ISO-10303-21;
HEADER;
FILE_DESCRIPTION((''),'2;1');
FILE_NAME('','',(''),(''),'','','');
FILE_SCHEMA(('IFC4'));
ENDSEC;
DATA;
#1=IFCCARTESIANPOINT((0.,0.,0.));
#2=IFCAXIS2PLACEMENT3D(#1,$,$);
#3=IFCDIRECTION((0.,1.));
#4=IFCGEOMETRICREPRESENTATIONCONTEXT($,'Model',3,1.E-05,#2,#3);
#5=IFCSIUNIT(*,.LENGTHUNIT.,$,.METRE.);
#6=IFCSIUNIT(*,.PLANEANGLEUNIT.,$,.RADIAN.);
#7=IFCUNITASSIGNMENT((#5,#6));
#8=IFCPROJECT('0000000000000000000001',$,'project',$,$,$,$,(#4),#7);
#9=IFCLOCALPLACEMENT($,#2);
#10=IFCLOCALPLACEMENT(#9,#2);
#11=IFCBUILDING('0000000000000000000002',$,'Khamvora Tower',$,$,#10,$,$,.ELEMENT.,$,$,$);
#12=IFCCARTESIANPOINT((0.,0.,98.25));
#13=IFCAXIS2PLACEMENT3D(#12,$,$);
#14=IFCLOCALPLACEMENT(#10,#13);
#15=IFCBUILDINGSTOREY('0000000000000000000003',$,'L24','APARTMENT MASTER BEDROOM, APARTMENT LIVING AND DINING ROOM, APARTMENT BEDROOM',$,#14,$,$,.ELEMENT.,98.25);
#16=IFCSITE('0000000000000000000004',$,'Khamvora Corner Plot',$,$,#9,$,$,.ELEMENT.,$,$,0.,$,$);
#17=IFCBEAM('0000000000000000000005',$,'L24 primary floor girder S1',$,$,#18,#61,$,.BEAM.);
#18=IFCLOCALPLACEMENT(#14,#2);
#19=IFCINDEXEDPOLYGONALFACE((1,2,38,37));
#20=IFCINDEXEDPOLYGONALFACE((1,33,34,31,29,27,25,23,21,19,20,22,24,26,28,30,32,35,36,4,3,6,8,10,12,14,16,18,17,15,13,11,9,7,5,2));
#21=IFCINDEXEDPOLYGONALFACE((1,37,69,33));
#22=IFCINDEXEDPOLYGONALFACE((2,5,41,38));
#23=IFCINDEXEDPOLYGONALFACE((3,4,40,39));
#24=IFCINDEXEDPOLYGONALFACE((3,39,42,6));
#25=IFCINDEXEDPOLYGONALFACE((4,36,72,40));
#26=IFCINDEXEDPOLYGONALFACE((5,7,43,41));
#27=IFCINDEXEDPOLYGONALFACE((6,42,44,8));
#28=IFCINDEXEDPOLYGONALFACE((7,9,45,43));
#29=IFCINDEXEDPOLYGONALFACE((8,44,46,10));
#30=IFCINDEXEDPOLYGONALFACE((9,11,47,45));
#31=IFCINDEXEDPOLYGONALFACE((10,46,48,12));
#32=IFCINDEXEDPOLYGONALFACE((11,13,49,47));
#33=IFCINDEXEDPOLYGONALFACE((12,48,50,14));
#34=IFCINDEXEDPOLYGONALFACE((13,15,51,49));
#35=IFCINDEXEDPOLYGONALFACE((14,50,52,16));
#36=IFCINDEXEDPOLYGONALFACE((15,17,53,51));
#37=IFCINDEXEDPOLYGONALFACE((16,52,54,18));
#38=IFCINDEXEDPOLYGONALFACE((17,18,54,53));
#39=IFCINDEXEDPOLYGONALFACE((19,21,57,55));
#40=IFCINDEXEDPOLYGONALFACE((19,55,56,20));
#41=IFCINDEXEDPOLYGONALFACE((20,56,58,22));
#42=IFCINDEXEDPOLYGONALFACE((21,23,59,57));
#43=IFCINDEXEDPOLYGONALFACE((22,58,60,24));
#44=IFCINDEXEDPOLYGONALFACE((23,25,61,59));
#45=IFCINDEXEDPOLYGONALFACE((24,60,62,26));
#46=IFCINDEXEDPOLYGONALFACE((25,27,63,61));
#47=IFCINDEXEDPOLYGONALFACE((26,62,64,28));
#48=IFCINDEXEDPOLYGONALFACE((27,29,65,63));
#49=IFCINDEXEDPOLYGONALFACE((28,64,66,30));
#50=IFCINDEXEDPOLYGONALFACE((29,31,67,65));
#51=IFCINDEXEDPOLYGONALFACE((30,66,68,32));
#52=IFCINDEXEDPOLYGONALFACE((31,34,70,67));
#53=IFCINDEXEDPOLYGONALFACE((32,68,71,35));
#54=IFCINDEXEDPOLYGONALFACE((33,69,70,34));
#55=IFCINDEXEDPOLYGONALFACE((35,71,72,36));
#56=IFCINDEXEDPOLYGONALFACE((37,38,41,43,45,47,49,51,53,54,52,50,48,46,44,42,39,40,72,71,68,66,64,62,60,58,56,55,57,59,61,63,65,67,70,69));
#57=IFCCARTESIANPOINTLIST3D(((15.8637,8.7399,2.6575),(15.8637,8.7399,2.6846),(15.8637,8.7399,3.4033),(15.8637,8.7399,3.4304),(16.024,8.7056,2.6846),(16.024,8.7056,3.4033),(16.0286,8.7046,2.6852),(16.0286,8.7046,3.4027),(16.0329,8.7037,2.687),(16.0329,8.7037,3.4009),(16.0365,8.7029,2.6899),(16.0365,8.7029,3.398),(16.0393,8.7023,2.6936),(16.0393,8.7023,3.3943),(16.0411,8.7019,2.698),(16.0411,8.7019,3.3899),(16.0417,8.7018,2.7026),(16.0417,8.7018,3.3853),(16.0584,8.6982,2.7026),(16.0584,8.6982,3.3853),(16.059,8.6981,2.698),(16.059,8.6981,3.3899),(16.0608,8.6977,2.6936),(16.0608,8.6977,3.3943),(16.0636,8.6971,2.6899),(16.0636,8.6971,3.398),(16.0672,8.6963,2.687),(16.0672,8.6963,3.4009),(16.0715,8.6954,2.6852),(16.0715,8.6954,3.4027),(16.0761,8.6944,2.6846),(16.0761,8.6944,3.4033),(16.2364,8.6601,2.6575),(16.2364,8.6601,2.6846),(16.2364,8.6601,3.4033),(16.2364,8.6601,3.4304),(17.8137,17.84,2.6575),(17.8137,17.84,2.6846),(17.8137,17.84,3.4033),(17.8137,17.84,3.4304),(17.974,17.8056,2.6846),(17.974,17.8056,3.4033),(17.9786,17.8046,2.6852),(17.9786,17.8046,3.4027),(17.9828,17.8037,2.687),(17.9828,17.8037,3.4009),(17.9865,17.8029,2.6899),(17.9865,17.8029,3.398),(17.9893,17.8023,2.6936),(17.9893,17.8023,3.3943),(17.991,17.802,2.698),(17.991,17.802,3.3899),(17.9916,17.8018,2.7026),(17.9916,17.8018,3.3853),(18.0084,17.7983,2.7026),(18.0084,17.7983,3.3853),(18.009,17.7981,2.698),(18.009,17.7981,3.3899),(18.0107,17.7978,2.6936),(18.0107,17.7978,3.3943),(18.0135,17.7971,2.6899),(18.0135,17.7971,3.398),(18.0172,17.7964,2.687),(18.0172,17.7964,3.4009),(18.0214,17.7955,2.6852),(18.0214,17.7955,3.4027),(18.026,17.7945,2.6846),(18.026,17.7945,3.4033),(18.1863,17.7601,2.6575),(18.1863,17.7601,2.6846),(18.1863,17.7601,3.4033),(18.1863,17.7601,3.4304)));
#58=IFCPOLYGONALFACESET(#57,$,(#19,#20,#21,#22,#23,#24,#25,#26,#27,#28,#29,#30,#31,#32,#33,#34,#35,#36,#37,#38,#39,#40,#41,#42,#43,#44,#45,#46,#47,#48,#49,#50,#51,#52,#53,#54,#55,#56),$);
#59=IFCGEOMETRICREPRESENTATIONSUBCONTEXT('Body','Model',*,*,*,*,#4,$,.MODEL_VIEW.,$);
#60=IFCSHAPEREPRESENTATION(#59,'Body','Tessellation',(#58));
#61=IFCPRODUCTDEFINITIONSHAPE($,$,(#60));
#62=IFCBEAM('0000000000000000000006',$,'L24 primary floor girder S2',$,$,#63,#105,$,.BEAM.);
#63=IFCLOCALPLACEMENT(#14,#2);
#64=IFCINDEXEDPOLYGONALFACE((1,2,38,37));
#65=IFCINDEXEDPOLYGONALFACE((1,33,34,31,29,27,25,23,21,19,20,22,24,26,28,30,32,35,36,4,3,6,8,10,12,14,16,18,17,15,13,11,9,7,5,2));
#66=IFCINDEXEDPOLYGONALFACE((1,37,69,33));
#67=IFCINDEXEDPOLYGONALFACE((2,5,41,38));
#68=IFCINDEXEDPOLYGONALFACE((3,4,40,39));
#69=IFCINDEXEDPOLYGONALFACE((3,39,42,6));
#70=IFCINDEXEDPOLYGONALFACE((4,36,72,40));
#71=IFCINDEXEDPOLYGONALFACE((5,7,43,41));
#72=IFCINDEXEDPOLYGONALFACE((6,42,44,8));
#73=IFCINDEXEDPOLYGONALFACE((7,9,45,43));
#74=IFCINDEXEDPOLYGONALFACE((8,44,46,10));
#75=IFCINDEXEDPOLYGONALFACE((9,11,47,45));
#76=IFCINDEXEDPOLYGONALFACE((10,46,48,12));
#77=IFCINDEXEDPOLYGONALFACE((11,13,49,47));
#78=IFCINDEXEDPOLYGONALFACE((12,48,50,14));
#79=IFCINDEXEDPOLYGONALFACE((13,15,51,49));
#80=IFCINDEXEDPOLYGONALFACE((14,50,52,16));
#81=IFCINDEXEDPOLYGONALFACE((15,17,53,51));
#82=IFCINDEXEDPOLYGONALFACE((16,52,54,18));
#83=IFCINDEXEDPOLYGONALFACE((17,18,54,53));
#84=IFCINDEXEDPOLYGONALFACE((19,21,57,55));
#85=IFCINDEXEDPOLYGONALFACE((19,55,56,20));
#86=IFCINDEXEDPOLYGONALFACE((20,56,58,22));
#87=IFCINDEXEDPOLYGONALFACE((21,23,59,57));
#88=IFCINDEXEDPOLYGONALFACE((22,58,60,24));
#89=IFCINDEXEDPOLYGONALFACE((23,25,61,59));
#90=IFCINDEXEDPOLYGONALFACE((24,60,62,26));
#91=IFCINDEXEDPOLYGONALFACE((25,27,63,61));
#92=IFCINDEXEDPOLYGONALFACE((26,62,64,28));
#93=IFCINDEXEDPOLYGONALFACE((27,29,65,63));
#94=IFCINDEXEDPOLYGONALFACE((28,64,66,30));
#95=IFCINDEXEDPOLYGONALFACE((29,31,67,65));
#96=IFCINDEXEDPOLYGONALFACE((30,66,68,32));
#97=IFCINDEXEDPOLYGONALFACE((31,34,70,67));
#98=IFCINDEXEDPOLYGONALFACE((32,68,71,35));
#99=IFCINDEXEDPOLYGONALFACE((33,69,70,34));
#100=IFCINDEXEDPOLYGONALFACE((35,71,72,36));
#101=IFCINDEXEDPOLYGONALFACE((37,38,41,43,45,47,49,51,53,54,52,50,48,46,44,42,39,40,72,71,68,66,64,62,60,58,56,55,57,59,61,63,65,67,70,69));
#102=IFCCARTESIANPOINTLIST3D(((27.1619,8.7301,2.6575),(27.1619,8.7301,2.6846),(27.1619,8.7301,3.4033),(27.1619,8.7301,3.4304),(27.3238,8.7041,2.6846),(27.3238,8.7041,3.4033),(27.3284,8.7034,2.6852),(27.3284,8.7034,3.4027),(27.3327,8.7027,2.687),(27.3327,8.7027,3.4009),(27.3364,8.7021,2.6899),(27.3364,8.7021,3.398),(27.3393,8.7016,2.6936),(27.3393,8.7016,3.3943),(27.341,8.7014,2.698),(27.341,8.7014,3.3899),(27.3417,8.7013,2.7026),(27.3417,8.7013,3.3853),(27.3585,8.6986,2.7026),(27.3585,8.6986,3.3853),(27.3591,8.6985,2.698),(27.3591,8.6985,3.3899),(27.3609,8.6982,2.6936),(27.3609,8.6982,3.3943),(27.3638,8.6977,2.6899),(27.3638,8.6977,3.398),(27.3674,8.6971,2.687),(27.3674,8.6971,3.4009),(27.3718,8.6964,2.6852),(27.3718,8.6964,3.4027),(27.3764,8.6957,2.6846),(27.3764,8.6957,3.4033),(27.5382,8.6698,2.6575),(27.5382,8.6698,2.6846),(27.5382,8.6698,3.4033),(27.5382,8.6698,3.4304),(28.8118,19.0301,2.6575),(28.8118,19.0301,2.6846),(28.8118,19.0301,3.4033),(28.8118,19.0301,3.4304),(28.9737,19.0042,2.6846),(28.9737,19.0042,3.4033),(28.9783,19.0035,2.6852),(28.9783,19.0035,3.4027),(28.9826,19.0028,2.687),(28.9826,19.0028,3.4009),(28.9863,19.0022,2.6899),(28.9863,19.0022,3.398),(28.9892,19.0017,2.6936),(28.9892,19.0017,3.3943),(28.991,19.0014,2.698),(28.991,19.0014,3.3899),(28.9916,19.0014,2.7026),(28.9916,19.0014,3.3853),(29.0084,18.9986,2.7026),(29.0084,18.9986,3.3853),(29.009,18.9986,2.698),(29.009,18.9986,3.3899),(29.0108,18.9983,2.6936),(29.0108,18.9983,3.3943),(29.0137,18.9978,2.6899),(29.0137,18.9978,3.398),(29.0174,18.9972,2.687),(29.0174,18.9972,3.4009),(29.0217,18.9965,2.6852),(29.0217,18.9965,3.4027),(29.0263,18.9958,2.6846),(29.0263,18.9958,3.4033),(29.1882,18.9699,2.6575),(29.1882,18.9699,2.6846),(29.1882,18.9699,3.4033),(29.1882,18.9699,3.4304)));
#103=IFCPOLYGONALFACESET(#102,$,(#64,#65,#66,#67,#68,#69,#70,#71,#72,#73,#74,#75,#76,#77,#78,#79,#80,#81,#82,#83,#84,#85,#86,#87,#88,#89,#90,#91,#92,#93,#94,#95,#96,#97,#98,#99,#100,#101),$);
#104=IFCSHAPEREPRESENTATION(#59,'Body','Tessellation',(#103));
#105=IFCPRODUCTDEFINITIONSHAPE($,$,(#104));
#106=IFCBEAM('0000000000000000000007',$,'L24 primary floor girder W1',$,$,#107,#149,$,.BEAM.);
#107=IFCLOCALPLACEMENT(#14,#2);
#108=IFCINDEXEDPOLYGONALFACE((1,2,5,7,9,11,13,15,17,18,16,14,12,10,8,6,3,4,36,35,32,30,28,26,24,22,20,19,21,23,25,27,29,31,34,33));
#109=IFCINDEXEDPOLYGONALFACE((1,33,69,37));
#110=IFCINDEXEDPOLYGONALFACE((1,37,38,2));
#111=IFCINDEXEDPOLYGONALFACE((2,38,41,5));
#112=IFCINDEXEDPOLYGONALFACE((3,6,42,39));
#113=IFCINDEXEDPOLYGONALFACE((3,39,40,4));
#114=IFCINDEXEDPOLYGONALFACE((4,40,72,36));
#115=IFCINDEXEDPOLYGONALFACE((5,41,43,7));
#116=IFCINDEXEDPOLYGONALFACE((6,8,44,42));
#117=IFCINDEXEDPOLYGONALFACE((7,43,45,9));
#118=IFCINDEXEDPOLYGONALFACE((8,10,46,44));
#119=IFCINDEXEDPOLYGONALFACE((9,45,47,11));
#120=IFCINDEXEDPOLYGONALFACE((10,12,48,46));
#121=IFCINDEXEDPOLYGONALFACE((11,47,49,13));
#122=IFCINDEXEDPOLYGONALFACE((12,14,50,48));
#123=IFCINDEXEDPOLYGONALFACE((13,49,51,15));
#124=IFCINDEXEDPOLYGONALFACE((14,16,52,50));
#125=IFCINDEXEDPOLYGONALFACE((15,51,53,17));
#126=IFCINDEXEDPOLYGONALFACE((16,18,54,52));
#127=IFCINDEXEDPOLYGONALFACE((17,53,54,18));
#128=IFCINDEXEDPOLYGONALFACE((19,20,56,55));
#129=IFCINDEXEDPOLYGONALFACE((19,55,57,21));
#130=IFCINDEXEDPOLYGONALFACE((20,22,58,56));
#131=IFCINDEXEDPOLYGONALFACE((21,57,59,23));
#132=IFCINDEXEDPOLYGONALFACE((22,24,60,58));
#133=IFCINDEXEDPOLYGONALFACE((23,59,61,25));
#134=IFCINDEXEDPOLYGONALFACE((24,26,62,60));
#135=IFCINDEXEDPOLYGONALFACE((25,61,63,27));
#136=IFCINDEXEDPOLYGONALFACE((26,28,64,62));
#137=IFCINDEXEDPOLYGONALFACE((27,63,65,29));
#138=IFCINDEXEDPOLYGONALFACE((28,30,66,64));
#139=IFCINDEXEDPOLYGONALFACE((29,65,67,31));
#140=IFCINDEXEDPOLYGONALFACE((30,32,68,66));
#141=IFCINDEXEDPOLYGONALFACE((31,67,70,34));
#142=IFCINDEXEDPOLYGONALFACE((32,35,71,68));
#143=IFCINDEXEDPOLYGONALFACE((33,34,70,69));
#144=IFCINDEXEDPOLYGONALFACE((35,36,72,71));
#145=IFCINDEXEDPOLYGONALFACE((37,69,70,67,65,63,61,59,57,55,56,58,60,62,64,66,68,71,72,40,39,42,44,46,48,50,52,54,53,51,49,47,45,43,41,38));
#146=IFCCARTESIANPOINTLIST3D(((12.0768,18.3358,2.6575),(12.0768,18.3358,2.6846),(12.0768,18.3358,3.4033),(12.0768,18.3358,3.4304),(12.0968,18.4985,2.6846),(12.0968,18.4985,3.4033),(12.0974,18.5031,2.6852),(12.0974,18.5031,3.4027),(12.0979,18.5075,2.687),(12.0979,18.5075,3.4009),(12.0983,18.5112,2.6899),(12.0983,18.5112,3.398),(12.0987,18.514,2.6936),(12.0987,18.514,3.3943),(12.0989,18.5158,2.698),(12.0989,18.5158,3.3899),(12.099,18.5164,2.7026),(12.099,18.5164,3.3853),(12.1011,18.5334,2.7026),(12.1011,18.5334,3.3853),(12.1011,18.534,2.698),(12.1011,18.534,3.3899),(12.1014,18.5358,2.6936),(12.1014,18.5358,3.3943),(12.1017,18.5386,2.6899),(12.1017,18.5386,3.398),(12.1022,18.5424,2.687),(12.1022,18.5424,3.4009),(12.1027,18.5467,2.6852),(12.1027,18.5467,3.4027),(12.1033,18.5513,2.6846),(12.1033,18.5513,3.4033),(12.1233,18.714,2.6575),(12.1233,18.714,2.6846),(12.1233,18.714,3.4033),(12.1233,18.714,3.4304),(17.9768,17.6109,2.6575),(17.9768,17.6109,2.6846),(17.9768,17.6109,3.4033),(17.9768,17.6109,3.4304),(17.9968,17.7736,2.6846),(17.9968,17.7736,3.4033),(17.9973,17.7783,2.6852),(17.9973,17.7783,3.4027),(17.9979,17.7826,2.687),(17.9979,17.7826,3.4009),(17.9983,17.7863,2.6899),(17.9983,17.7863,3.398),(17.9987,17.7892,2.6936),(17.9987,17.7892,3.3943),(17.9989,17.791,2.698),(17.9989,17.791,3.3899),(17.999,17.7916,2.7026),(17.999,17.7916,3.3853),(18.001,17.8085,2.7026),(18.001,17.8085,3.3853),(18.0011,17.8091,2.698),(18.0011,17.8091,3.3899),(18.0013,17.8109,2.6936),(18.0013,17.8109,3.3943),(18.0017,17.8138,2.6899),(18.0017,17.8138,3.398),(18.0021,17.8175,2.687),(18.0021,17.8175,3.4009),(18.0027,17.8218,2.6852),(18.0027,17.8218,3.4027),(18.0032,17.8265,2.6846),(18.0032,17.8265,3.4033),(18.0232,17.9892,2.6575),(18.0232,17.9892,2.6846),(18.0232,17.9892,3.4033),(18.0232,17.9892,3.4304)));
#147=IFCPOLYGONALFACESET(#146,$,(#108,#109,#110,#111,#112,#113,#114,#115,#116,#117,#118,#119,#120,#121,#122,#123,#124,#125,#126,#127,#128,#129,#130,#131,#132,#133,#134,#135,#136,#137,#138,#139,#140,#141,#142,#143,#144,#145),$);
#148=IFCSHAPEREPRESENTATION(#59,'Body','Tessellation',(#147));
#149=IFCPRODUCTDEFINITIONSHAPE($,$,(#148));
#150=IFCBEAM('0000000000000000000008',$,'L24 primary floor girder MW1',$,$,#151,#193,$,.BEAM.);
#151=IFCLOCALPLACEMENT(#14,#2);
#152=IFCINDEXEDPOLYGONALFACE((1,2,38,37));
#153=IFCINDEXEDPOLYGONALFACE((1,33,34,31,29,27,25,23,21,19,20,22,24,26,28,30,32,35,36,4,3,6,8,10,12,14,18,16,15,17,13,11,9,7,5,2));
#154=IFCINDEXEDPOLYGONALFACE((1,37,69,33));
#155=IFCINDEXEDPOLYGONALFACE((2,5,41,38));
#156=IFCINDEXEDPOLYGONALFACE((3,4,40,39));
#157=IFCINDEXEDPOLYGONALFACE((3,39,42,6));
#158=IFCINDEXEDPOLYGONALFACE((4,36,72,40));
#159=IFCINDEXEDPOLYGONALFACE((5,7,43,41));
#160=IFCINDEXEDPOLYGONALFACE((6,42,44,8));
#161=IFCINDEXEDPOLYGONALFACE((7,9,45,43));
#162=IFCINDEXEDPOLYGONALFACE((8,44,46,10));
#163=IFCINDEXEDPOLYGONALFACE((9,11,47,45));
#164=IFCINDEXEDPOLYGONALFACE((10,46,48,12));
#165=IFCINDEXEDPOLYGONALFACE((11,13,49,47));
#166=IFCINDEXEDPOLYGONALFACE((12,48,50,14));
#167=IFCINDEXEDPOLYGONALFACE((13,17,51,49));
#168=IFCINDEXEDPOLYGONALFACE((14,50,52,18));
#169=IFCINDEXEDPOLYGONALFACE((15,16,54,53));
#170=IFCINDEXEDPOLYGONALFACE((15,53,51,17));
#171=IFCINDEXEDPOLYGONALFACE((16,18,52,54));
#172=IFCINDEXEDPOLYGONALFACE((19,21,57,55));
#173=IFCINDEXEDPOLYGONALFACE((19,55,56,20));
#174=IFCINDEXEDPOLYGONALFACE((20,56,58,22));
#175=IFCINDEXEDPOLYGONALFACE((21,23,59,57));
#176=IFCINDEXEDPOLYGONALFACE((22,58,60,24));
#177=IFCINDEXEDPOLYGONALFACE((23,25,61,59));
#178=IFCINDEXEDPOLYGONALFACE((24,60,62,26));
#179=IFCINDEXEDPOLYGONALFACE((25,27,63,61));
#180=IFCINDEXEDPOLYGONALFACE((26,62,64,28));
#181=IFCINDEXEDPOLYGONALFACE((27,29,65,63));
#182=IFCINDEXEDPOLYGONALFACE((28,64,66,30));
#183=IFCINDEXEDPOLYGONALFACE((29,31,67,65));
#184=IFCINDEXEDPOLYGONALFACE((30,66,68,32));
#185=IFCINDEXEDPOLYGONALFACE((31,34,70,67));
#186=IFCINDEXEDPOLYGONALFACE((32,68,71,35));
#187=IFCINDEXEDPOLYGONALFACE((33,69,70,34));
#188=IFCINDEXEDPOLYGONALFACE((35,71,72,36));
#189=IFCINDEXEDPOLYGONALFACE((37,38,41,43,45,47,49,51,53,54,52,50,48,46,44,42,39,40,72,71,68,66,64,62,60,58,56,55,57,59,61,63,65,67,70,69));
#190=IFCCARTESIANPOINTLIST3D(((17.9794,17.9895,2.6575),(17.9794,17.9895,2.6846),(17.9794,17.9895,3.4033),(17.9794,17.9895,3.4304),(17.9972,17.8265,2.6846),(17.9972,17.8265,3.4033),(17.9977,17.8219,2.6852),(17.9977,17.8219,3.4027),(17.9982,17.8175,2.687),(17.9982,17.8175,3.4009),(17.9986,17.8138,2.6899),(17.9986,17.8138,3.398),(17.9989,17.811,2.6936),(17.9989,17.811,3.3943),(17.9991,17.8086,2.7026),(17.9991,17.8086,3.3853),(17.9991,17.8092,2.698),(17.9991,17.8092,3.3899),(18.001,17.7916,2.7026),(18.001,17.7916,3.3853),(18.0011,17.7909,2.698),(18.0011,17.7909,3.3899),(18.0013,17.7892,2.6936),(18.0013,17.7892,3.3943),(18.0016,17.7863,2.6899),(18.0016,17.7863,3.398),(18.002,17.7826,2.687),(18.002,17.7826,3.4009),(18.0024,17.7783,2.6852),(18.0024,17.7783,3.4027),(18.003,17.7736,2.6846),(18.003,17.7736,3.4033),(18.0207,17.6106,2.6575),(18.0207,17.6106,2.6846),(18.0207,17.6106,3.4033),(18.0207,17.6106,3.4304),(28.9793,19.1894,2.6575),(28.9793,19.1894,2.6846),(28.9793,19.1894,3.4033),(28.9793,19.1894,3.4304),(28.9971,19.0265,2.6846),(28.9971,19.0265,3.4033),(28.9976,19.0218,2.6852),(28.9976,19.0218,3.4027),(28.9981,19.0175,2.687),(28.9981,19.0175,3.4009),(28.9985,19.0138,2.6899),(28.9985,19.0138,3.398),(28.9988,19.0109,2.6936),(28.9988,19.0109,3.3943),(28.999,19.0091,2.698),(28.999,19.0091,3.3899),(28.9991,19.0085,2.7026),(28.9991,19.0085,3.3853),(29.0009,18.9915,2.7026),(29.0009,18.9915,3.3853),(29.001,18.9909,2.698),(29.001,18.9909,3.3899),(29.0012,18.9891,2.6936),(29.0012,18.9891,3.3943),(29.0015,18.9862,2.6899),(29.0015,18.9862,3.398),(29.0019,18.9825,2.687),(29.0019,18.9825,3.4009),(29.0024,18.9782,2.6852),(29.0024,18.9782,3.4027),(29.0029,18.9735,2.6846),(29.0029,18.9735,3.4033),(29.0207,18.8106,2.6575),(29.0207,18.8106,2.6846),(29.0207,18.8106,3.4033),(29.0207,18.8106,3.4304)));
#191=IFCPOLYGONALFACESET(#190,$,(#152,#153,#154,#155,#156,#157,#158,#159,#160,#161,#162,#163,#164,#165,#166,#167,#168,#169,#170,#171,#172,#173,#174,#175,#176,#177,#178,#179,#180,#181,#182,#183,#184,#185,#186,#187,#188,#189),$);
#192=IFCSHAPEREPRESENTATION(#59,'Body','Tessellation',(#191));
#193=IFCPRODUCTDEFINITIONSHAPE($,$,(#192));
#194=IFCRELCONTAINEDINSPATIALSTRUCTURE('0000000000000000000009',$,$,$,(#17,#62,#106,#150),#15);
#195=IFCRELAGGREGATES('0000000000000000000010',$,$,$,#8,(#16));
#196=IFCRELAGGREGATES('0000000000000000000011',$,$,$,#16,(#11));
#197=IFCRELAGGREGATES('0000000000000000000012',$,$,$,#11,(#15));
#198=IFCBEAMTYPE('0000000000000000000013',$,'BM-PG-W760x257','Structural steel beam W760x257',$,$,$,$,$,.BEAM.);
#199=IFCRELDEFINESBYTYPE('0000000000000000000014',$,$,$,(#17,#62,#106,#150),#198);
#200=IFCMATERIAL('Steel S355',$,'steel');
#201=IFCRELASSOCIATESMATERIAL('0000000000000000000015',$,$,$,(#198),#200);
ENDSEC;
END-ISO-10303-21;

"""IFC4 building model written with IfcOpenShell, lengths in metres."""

from ifc_helpers import new_model, si_unit, direction, frame, origin, origin_2d, place, context, subcontext, project, spatial, i_section, extrude, material, material_profile, profile_set, type_object, element, save


model = new_model("IFC4")

# Units and contexts
model_context = context("Model", 3, precision=1e-05, world=origin(), true_north=direction((0.0, 1.0)))
body_context = subcontext(model_context, "Body", "Model", "MODEL_VIEW")
ifc_project = project(units=[si_unit("LENGTHUNIT", "METRE"), si_unit("PLANEANGLEUNIT", "RADIAN")], contexts=[model_context])

# Site, building, storey
site_placement = place(None, origin())
site = spatial("IfcSite", under=ifc_project, at=site_placement, Name="Khamvora Corner Plot", CompositionType="ELEMENT", RefElevation=0.0)
building_placement = place(site_placement, origin())
building = spatial("IfcBuilding", under=site, at=building_placement, Name="Khamvora Tower", CompositionType="ELEMENT")
storey_placement = place(building_placement, frame((0.0, 0.0, 98.25)))
storey = spatial("IfcBuildingStorey", under=building, at=storey_placement, Name="L24", Description="APARTMENT MASTER BEDROOM, APARTMENT LIVING AND DINING ROOM, APARTMENT BEDROOM", CompositionType="ELEMENT", Elevation=98.25)

# Shared definitions
ifc_material_1 = material(Name="Steel S355", Category="steel")

# Beams
ifc_material_profile_1 = material_profile(ifc_material_1, i_section(OverallWidth=0.3811, OverallDepth=0.7729, WebThickness=0.0171, FlangeThickness=0.0271, FilletRadius=0.0181, at=origin_2d()), Name="W760x257")
ifc_profile_set_1 = profile_set([ifc_material_profile_1], Name="Steel S355")
beam_type_1 = type_object("IfcBeamType", Name="BM-PG-W760x257", Description="Structural steel beam W760x257", PredefinedType="BEAM", material=ifc_profile_set_1)
beam_1_placement = place(storey_placement, frame((18.0, 17.8, 3.0439), z_axis=(-0.209522, -0.977804, 0.0), x_axis=(0.977804, -0.209522, 0.0)))
element("IfcBeam", 1, at=beam_1_placement, inside=storey, type_object=beam_type_1, Name="L24 primary floor girder S1", PredefinedType="BEAM", context=body_context, shape_type="SweptSolid", body=[
    extrude(i_section(OverallWidth=0.3811, OverallDepth=0.7729, WebThickness=0.0171, FlangeThickness=0.0271, FilletRadius=0.0181, at=origin_2d()), origin(), (0.0, 0.0, 1.0), 9.3066),
])
beam_2_placement = place(storey_placement, frame((29.0, 19.0, 3.0439), z_axis=(-0.158168, -0.987412, 0.0), x_axis=(0.987412, -0.158168, 0.0)))
element("IfcBeam", 2, at=beam_2_placement, inside=storey, type_object=beam_type_1, Name="L24 primary floor girder S2", PredefinedType="BEAM", context=body_context, shape_type="SweptSolid", body=[
    extrude(i_section(OverallWidth=0.3811, OverallDepth=0.7729, WebThickness=0.0171, FlangeThickness=0.0271, FilletRadius=0.0181, at=origin_2d()), origin(), (0.0, 0.0, 1.0), 10.4314),
])
beam_3_placement = place(storey_placement, frame((18.0, 17.8, 3.0439), z_axis=(-0.992537, 0.121942, 0.0), x_axis=(-0.121942, -0.992537, 0.0)))
element("IfcBeam", 3, at=beam_3_placement, inside=storey, type_object=beam_type_1, Name="L24 primary floor girder W1", PredefinedType="BEAM", context=body_context, shape_type="SweptSolid", body=[
    extrude(i_section(OverallWidth=0.3811, OverallDepth=0.7729, WebThickness=0.0171, FlangeThickness=0.0271, FilletRadius=0.0181, at=origin_2d()), origin(), (0.0, 0.0, 1.0), 5.9443),
])
beam_4_placement = place(storey_placement, frame((29.0, 19.0, 3.0439), z_axis=(-0.994103, -0.108443, 0.0), x_axis=(0.108443, -0.994103, 0.0)))
element("IfcBeam", 4, at=beam_4_placement, inside=storey, type_object=beam_type_1, Name="L24 primary floor girder MW1", PredefinedType="BEAM", context=body_context, shape_type="SweptSolid", body=[
    extrude(i_section(OverallWidth=0.3811, OverallDepth=0.7729, WebThickness=0.0171, FlangeThickness=0.0271, FilletRadius=0.0181, at=origin_2d()), origin(), (0.0, 0.0, 1.0), 11.0652),
])

save(model, "model.ifc")
